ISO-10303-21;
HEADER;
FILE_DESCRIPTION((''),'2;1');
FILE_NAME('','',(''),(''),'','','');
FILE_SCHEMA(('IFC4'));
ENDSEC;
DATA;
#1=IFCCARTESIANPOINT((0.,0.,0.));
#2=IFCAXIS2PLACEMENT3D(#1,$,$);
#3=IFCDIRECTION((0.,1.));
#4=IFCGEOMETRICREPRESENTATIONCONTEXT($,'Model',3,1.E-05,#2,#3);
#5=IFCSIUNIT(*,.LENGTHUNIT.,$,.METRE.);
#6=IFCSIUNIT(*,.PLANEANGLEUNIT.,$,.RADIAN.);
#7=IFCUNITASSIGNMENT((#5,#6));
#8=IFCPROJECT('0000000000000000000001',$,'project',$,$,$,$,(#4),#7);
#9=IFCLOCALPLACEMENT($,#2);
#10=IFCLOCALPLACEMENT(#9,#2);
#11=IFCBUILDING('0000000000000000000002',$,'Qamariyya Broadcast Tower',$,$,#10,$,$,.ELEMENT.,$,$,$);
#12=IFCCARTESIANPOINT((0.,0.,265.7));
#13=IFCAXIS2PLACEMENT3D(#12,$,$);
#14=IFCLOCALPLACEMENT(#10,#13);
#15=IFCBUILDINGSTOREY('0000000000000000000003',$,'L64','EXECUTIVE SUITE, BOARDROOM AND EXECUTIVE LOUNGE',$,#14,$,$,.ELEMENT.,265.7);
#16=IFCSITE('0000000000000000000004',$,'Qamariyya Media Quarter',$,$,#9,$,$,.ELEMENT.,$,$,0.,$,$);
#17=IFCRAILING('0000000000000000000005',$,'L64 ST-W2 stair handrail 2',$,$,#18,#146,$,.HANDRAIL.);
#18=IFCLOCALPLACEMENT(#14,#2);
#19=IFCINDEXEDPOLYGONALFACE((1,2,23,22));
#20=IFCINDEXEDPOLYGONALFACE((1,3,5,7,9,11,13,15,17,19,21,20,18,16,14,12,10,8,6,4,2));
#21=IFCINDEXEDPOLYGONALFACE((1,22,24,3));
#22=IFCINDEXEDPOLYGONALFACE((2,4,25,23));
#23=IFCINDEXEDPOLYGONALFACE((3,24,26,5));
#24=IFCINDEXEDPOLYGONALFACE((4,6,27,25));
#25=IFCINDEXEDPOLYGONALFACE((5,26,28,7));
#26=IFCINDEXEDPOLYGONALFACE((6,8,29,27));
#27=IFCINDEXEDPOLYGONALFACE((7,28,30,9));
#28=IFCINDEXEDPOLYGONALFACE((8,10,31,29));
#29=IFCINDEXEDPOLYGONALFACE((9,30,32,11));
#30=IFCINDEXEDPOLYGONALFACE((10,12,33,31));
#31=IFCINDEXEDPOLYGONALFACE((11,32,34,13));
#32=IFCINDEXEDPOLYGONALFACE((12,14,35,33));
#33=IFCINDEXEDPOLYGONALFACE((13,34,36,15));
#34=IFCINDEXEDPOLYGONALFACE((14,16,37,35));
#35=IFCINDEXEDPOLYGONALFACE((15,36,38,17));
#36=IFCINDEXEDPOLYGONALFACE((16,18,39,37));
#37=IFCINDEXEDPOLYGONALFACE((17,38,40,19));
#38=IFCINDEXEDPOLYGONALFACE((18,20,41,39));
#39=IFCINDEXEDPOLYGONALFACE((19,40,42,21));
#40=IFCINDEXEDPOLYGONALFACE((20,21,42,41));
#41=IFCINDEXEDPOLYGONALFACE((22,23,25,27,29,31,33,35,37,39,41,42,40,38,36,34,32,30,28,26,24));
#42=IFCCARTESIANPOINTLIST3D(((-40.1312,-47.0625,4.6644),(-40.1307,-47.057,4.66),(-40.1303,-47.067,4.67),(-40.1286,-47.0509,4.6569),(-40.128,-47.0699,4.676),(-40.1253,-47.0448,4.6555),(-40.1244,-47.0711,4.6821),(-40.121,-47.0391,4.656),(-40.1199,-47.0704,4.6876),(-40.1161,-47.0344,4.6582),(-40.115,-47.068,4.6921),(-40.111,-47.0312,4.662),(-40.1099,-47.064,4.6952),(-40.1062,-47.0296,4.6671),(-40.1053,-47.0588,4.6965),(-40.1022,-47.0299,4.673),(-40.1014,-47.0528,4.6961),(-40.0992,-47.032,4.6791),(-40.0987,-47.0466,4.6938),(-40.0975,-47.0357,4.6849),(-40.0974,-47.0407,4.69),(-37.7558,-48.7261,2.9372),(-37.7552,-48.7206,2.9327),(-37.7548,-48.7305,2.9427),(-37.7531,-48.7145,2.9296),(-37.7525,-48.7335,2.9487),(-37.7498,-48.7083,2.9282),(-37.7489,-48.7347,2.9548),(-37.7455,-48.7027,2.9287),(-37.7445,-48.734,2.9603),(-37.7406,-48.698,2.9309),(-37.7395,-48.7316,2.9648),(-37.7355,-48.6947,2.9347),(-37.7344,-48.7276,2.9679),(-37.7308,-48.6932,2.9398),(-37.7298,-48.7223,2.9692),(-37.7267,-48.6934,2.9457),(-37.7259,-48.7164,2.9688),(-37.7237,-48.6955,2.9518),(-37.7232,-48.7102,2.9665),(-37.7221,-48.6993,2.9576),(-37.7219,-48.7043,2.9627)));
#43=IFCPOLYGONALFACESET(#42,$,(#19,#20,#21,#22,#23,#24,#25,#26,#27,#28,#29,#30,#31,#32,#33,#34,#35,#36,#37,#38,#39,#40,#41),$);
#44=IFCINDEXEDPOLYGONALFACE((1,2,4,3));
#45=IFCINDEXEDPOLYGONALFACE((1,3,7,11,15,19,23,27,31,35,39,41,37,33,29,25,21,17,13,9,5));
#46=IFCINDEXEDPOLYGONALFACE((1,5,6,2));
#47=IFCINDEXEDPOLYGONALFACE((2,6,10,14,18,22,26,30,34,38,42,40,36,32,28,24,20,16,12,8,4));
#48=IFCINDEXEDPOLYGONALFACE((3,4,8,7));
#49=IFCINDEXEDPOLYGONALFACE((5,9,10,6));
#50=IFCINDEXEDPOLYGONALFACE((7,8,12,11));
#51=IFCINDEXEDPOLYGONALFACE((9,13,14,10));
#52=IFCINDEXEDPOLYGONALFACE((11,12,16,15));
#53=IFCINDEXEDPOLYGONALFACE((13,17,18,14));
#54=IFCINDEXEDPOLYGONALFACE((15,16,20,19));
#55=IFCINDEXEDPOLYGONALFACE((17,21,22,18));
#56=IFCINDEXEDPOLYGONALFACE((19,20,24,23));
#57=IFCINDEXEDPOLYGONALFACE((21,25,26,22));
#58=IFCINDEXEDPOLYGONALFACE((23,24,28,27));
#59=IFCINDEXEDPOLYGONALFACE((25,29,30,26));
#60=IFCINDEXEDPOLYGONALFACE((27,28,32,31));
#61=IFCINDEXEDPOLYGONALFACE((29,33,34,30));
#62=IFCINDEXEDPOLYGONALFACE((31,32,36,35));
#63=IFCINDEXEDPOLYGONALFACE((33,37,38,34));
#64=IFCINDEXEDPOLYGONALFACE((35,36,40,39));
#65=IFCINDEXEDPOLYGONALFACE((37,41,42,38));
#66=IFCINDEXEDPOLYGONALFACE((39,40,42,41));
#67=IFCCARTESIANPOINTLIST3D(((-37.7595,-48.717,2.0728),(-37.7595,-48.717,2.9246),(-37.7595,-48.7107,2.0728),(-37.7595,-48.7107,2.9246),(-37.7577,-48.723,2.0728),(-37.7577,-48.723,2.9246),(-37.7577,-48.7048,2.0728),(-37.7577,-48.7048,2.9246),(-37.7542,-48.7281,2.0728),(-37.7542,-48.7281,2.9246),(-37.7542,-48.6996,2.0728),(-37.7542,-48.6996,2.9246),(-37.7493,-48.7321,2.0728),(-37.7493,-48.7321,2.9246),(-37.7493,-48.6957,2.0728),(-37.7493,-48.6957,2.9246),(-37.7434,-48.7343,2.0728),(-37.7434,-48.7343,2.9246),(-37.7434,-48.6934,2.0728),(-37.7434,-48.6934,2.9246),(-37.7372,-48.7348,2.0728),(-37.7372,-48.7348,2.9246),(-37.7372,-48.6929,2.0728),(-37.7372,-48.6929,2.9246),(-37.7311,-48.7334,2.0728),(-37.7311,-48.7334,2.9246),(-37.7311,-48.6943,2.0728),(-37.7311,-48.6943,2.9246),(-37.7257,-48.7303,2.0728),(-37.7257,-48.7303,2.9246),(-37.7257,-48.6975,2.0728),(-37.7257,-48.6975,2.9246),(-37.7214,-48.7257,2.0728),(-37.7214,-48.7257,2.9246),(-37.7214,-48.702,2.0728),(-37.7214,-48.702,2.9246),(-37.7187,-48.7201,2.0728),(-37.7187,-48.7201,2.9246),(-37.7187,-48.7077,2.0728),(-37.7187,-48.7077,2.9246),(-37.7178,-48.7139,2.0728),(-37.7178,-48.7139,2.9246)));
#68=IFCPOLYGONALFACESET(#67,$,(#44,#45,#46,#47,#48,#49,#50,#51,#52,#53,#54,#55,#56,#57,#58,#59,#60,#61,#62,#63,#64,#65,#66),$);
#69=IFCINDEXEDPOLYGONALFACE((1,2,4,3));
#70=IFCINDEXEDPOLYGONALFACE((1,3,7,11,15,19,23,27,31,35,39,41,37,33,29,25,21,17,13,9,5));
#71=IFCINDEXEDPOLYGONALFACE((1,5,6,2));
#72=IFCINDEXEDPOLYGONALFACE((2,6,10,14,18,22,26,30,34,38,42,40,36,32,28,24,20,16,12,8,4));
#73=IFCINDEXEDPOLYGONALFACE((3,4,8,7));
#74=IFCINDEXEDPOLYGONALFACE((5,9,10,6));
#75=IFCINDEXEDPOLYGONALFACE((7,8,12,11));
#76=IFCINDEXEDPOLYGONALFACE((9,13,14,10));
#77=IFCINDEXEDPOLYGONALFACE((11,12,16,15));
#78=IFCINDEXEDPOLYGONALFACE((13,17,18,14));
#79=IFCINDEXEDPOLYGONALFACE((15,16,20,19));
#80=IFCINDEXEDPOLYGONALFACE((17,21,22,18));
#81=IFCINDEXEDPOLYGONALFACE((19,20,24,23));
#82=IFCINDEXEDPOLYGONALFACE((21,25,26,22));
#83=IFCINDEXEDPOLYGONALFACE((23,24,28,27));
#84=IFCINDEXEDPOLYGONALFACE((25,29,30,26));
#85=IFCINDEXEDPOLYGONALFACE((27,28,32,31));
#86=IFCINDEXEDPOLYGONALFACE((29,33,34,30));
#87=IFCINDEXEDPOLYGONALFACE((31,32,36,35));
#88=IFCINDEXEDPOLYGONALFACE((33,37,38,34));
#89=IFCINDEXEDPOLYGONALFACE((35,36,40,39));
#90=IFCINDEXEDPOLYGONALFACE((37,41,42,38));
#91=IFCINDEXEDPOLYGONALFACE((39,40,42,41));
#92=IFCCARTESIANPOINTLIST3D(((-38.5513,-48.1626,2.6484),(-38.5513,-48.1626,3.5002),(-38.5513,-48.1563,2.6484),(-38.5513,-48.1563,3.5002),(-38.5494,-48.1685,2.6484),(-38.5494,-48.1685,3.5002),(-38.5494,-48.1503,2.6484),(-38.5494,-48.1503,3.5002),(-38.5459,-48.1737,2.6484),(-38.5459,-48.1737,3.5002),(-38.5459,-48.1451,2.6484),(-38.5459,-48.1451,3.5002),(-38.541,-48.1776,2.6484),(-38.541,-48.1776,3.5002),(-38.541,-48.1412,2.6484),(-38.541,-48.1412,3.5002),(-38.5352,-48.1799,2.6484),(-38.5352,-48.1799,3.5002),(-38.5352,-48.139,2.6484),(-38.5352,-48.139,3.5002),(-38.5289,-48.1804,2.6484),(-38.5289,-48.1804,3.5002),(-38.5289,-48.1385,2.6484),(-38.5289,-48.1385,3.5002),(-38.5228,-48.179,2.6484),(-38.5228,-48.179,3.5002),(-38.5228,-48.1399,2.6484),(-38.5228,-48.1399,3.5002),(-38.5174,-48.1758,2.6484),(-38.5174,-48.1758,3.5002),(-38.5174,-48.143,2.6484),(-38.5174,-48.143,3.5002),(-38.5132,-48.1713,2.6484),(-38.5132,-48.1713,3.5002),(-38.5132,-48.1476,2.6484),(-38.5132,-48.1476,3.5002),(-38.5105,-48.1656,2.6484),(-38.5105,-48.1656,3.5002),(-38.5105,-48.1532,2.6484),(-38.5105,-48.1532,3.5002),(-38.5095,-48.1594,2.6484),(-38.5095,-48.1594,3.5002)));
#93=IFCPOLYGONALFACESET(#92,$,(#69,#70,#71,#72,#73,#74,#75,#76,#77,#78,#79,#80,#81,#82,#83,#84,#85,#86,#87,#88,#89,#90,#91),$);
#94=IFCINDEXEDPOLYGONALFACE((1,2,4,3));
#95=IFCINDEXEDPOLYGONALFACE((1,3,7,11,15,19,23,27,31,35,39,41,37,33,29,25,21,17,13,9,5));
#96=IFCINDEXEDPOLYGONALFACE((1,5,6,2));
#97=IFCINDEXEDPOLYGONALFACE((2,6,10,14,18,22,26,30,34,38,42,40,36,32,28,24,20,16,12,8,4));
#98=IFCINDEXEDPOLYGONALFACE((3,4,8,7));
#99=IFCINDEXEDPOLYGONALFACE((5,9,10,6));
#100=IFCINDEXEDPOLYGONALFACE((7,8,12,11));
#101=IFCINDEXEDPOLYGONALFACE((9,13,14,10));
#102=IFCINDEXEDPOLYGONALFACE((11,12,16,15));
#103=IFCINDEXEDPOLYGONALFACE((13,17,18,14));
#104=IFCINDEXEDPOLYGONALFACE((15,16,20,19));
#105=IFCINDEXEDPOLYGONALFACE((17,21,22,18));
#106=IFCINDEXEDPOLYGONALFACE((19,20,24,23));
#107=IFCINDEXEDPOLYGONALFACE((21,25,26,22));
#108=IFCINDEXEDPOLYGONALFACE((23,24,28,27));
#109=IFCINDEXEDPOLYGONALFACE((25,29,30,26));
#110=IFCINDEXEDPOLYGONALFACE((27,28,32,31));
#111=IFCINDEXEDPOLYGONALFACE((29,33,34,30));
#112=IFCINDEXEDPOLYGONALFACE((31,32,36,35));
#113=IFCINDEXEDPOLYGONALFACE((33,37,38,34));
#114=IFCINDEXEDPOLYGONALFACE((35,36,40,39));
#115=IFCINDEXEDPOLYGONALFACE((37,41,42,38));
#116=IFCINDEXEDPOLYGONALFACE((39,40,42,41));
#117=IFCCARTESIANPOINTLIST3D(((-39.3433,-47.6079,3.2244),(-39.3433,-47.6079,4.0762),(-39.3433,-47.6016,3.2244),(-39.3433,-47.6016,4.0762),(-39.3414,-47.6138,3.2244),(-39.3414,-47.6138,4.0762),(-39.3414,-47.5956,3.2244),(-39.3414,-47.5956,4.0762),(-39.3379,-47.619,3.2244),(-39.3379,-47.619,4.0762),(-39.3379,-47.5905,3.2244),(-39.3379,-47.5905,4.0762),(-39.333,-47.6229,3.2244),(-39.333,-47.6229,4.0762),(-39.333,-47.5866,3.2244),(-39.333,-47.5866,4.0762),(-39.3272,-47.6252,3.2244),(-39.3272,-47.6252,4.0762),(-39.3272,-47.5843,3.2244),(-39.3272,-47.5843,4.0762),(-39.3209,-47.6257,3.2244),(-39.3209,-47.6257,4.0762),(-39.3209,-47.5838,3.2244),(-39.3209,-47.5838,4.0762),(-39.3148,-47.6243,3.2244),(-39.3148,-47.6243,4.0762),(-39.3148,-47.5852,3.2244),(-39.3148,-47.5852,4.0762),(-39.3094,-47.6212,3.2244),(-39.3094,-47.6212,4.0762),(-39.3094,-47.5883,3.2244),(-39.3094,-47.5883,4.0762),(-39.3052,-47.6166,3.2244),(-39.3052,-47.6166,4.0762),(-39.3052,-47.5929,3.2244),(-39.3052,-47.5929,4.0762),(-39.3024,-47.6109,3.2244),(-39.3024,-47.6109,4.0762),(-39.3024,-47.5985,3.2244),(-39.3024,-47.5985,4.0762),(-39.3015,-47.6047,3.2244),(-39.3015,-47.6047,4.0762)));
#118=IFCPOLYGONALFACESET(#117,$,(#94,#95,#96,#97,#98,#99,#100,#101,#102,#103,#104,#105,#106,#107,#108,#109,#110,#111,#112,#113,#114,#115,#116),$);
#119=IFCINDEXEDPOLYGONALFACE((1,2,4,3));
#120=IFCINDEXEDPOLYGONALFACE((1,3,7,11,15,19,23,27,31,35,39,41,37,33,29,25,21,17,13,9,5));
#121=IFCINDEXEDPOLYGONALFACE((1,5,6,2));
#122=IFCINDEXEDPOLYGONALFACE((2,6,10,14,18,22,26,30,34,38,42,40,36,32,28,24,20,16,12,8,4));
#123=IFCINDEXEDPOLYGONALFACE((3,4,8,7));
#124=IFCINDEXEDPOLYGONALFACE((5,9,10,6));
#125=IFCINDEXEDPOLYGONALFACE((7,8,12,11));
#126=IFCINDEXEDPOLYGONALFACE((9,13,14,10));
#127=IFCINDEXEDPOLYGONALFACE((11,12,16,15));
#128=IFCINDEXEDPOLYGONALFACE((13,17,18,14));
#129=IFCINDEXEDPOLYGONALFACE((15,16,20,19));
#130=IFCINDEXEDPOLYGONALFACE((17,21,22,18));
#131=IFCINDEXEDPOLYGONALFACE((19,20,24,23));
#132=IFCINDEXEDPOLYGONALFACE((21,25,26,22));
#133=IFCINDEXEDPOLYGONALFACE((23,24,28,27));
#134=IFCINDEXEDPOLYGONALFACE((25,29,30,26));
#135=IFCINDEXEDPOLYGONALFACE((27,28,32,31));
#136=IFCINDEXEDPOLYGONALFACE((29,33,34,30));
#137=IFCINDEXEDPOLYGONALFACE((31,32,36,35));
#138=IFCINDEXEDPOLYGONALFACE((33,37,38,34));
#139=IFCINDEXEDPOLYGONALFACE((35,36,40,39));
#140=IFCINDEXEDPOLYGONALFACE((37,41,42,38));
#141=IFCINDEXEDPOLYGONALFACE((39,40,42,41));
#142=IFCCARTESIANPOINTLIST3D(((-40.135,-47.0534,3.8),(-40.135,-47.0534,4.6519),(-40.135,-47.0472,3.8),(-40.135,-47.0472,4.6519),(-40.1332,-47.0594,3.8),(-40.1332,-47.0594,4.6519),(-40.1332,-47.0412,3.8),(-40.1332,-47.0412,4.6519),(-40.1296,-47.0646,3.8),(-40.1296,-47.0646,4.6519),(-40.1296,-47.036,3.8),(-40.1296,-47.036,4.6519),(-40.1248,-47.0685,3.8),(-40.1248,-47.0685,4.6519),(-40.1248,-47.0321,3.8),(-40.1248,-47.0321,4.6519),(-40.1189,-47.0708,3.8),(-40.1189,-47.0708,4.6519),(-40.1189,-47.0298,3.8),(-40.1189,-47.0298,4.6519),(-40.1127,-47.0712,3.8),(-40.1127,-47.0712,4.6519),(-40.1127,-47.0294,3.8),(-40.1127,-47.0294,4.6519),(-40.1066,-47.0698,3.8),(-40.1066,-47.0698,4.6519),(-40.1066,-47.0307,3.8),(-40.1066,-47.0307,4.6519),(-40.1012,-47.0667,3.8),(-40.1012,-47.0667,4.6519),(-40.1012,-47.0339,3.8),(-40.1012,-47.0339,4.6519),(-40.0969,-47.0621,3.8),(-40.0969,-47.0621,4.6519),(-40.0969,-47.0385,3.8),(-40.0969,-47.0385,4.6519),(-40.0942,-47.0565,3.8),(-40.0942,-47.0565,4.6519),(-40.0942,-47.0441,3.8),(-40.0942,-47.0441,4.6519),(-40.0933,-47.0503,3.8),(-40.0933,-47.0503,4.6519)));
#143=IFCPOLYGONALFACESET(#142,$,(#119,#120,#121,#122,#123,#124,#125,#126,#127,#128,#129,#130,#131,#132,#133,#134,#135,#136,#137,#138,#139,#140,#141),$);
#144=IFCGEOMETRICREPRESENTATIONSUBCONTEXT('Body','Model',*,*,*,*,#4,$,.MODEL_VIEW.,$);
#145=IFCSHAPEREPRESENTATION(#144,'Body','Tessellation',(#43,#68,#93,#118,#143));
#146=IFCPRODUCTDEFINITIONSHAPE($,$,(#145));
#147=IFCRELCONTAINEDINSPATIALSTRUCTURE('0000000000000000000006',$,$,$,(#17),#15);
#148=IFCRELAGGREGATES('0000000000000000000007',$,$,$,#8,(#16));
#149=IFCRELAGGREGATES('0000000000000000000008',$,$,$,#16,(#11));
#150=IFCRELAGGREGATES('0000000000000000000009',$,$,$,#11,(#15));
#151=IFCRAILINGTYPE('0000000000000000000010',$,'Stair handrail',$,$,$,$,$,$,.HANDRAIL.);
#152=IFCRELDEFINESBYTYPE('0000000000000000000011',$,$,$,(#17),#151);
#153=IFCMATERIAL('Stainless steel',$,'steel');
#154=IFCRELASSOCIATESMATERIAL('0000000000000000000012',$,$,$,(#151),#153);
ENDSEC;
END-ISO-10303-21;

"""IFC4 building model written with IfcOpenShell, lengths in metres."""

from ifc_helpers import new_model, si_unit, direction, frame, origin, origin_2d, place, context, subcontext, project, spatial, circle, extrude, material, type_object, element, save


model = new_model("IFC4")

# Units and contexts
model_context = context("Model", 3, precision=1e-05, world=origin(), true_north=direction((0.0, 1.0)))
body_context = subcontext(model_context, "Body", "Model", "MODEL_VIEW")
ifc_project = project(units=[si_unit("LENGTHUNIT", "METRE"), si_unit("PLANEANGLEUNIT", "RADIAN")], contexts=[model_context])

# Site, building, storey
site_placement = place(None, origin())
site = spatial("IfcSite", under=ifc_project, at=site_placement, Name="Qamariyya Media Quarter", CompositionType="ELEMENT", RefElevation=0.0)
building_placement = place(site_placement, origin())
building = spatial("IfcBuilding", under=site, at=building_placement, Name="Qamariyya Broadcast Tower", CompositionType="ELEMENT")
storey_placement = place(building_placement, frame((0.0, 0.0, 265.7)))
storey = spatial("IfcBuildingStorey", under=building, at=storey_placement, Name="L64", Description="EXECUTIVE SUITE, BOARDROOM AND EXECUTIVE LOUNGE", CompositionType="ELEMENT", Elevation=265.7)

# Railing
ifc_material_1 = material(Name="Stainless steel", Category="steel")
railing_type = type_object("IfcRailingType", Name="Stair handrail", PredefinedType="HANDRAIL", material=ifc_material_1)
railing_placement = place(storey_placement, frame((-37.7388, -48.7139, 2.0728)))
element("IfcRailing", 1, at=railing_placement, inside=storey, type_object=railing_type, Name="L64 ST-W2 stair handrail 2", PredefinedType="HANDRAIL", context=body_context, shape_type="SweptSolid", body=[
    extrude(circle(Radius=0.0239, at=origin_2d()), frame((0.0, 0.0, 0.876), z_axis=(-0.703745, 0.492838, 0.511716), x_axis=(-0.573632, -0.819113, 0.0)), (0.0, 0.0, 1.0), 3.3755),
    extrude(circle(Radius=0.021, at=origin_2d()), origin(), (0.0, 0.0, 1.0), 0.8518),
    extrude(circle(Radius=0.021, at=origin_2d()), frame((-0.7917, 0.5544, 0.5757)), (0.0, 0.0, 1.0), 0.8518),
    extrude(circle(Radius=0.021, at=origin_2d()), frame((-1.5837, 1.1091, 1.1516)), (0.0, 0.0, 1.0), 0.8518),
    extrude(circle(Radius=0.021, at=origin_2d()), frame((-2.3755, 1.6636, 1.7273)), (0.0, 0.0, 1.0), 0.8518),
])

save(model, "model.ifc")
